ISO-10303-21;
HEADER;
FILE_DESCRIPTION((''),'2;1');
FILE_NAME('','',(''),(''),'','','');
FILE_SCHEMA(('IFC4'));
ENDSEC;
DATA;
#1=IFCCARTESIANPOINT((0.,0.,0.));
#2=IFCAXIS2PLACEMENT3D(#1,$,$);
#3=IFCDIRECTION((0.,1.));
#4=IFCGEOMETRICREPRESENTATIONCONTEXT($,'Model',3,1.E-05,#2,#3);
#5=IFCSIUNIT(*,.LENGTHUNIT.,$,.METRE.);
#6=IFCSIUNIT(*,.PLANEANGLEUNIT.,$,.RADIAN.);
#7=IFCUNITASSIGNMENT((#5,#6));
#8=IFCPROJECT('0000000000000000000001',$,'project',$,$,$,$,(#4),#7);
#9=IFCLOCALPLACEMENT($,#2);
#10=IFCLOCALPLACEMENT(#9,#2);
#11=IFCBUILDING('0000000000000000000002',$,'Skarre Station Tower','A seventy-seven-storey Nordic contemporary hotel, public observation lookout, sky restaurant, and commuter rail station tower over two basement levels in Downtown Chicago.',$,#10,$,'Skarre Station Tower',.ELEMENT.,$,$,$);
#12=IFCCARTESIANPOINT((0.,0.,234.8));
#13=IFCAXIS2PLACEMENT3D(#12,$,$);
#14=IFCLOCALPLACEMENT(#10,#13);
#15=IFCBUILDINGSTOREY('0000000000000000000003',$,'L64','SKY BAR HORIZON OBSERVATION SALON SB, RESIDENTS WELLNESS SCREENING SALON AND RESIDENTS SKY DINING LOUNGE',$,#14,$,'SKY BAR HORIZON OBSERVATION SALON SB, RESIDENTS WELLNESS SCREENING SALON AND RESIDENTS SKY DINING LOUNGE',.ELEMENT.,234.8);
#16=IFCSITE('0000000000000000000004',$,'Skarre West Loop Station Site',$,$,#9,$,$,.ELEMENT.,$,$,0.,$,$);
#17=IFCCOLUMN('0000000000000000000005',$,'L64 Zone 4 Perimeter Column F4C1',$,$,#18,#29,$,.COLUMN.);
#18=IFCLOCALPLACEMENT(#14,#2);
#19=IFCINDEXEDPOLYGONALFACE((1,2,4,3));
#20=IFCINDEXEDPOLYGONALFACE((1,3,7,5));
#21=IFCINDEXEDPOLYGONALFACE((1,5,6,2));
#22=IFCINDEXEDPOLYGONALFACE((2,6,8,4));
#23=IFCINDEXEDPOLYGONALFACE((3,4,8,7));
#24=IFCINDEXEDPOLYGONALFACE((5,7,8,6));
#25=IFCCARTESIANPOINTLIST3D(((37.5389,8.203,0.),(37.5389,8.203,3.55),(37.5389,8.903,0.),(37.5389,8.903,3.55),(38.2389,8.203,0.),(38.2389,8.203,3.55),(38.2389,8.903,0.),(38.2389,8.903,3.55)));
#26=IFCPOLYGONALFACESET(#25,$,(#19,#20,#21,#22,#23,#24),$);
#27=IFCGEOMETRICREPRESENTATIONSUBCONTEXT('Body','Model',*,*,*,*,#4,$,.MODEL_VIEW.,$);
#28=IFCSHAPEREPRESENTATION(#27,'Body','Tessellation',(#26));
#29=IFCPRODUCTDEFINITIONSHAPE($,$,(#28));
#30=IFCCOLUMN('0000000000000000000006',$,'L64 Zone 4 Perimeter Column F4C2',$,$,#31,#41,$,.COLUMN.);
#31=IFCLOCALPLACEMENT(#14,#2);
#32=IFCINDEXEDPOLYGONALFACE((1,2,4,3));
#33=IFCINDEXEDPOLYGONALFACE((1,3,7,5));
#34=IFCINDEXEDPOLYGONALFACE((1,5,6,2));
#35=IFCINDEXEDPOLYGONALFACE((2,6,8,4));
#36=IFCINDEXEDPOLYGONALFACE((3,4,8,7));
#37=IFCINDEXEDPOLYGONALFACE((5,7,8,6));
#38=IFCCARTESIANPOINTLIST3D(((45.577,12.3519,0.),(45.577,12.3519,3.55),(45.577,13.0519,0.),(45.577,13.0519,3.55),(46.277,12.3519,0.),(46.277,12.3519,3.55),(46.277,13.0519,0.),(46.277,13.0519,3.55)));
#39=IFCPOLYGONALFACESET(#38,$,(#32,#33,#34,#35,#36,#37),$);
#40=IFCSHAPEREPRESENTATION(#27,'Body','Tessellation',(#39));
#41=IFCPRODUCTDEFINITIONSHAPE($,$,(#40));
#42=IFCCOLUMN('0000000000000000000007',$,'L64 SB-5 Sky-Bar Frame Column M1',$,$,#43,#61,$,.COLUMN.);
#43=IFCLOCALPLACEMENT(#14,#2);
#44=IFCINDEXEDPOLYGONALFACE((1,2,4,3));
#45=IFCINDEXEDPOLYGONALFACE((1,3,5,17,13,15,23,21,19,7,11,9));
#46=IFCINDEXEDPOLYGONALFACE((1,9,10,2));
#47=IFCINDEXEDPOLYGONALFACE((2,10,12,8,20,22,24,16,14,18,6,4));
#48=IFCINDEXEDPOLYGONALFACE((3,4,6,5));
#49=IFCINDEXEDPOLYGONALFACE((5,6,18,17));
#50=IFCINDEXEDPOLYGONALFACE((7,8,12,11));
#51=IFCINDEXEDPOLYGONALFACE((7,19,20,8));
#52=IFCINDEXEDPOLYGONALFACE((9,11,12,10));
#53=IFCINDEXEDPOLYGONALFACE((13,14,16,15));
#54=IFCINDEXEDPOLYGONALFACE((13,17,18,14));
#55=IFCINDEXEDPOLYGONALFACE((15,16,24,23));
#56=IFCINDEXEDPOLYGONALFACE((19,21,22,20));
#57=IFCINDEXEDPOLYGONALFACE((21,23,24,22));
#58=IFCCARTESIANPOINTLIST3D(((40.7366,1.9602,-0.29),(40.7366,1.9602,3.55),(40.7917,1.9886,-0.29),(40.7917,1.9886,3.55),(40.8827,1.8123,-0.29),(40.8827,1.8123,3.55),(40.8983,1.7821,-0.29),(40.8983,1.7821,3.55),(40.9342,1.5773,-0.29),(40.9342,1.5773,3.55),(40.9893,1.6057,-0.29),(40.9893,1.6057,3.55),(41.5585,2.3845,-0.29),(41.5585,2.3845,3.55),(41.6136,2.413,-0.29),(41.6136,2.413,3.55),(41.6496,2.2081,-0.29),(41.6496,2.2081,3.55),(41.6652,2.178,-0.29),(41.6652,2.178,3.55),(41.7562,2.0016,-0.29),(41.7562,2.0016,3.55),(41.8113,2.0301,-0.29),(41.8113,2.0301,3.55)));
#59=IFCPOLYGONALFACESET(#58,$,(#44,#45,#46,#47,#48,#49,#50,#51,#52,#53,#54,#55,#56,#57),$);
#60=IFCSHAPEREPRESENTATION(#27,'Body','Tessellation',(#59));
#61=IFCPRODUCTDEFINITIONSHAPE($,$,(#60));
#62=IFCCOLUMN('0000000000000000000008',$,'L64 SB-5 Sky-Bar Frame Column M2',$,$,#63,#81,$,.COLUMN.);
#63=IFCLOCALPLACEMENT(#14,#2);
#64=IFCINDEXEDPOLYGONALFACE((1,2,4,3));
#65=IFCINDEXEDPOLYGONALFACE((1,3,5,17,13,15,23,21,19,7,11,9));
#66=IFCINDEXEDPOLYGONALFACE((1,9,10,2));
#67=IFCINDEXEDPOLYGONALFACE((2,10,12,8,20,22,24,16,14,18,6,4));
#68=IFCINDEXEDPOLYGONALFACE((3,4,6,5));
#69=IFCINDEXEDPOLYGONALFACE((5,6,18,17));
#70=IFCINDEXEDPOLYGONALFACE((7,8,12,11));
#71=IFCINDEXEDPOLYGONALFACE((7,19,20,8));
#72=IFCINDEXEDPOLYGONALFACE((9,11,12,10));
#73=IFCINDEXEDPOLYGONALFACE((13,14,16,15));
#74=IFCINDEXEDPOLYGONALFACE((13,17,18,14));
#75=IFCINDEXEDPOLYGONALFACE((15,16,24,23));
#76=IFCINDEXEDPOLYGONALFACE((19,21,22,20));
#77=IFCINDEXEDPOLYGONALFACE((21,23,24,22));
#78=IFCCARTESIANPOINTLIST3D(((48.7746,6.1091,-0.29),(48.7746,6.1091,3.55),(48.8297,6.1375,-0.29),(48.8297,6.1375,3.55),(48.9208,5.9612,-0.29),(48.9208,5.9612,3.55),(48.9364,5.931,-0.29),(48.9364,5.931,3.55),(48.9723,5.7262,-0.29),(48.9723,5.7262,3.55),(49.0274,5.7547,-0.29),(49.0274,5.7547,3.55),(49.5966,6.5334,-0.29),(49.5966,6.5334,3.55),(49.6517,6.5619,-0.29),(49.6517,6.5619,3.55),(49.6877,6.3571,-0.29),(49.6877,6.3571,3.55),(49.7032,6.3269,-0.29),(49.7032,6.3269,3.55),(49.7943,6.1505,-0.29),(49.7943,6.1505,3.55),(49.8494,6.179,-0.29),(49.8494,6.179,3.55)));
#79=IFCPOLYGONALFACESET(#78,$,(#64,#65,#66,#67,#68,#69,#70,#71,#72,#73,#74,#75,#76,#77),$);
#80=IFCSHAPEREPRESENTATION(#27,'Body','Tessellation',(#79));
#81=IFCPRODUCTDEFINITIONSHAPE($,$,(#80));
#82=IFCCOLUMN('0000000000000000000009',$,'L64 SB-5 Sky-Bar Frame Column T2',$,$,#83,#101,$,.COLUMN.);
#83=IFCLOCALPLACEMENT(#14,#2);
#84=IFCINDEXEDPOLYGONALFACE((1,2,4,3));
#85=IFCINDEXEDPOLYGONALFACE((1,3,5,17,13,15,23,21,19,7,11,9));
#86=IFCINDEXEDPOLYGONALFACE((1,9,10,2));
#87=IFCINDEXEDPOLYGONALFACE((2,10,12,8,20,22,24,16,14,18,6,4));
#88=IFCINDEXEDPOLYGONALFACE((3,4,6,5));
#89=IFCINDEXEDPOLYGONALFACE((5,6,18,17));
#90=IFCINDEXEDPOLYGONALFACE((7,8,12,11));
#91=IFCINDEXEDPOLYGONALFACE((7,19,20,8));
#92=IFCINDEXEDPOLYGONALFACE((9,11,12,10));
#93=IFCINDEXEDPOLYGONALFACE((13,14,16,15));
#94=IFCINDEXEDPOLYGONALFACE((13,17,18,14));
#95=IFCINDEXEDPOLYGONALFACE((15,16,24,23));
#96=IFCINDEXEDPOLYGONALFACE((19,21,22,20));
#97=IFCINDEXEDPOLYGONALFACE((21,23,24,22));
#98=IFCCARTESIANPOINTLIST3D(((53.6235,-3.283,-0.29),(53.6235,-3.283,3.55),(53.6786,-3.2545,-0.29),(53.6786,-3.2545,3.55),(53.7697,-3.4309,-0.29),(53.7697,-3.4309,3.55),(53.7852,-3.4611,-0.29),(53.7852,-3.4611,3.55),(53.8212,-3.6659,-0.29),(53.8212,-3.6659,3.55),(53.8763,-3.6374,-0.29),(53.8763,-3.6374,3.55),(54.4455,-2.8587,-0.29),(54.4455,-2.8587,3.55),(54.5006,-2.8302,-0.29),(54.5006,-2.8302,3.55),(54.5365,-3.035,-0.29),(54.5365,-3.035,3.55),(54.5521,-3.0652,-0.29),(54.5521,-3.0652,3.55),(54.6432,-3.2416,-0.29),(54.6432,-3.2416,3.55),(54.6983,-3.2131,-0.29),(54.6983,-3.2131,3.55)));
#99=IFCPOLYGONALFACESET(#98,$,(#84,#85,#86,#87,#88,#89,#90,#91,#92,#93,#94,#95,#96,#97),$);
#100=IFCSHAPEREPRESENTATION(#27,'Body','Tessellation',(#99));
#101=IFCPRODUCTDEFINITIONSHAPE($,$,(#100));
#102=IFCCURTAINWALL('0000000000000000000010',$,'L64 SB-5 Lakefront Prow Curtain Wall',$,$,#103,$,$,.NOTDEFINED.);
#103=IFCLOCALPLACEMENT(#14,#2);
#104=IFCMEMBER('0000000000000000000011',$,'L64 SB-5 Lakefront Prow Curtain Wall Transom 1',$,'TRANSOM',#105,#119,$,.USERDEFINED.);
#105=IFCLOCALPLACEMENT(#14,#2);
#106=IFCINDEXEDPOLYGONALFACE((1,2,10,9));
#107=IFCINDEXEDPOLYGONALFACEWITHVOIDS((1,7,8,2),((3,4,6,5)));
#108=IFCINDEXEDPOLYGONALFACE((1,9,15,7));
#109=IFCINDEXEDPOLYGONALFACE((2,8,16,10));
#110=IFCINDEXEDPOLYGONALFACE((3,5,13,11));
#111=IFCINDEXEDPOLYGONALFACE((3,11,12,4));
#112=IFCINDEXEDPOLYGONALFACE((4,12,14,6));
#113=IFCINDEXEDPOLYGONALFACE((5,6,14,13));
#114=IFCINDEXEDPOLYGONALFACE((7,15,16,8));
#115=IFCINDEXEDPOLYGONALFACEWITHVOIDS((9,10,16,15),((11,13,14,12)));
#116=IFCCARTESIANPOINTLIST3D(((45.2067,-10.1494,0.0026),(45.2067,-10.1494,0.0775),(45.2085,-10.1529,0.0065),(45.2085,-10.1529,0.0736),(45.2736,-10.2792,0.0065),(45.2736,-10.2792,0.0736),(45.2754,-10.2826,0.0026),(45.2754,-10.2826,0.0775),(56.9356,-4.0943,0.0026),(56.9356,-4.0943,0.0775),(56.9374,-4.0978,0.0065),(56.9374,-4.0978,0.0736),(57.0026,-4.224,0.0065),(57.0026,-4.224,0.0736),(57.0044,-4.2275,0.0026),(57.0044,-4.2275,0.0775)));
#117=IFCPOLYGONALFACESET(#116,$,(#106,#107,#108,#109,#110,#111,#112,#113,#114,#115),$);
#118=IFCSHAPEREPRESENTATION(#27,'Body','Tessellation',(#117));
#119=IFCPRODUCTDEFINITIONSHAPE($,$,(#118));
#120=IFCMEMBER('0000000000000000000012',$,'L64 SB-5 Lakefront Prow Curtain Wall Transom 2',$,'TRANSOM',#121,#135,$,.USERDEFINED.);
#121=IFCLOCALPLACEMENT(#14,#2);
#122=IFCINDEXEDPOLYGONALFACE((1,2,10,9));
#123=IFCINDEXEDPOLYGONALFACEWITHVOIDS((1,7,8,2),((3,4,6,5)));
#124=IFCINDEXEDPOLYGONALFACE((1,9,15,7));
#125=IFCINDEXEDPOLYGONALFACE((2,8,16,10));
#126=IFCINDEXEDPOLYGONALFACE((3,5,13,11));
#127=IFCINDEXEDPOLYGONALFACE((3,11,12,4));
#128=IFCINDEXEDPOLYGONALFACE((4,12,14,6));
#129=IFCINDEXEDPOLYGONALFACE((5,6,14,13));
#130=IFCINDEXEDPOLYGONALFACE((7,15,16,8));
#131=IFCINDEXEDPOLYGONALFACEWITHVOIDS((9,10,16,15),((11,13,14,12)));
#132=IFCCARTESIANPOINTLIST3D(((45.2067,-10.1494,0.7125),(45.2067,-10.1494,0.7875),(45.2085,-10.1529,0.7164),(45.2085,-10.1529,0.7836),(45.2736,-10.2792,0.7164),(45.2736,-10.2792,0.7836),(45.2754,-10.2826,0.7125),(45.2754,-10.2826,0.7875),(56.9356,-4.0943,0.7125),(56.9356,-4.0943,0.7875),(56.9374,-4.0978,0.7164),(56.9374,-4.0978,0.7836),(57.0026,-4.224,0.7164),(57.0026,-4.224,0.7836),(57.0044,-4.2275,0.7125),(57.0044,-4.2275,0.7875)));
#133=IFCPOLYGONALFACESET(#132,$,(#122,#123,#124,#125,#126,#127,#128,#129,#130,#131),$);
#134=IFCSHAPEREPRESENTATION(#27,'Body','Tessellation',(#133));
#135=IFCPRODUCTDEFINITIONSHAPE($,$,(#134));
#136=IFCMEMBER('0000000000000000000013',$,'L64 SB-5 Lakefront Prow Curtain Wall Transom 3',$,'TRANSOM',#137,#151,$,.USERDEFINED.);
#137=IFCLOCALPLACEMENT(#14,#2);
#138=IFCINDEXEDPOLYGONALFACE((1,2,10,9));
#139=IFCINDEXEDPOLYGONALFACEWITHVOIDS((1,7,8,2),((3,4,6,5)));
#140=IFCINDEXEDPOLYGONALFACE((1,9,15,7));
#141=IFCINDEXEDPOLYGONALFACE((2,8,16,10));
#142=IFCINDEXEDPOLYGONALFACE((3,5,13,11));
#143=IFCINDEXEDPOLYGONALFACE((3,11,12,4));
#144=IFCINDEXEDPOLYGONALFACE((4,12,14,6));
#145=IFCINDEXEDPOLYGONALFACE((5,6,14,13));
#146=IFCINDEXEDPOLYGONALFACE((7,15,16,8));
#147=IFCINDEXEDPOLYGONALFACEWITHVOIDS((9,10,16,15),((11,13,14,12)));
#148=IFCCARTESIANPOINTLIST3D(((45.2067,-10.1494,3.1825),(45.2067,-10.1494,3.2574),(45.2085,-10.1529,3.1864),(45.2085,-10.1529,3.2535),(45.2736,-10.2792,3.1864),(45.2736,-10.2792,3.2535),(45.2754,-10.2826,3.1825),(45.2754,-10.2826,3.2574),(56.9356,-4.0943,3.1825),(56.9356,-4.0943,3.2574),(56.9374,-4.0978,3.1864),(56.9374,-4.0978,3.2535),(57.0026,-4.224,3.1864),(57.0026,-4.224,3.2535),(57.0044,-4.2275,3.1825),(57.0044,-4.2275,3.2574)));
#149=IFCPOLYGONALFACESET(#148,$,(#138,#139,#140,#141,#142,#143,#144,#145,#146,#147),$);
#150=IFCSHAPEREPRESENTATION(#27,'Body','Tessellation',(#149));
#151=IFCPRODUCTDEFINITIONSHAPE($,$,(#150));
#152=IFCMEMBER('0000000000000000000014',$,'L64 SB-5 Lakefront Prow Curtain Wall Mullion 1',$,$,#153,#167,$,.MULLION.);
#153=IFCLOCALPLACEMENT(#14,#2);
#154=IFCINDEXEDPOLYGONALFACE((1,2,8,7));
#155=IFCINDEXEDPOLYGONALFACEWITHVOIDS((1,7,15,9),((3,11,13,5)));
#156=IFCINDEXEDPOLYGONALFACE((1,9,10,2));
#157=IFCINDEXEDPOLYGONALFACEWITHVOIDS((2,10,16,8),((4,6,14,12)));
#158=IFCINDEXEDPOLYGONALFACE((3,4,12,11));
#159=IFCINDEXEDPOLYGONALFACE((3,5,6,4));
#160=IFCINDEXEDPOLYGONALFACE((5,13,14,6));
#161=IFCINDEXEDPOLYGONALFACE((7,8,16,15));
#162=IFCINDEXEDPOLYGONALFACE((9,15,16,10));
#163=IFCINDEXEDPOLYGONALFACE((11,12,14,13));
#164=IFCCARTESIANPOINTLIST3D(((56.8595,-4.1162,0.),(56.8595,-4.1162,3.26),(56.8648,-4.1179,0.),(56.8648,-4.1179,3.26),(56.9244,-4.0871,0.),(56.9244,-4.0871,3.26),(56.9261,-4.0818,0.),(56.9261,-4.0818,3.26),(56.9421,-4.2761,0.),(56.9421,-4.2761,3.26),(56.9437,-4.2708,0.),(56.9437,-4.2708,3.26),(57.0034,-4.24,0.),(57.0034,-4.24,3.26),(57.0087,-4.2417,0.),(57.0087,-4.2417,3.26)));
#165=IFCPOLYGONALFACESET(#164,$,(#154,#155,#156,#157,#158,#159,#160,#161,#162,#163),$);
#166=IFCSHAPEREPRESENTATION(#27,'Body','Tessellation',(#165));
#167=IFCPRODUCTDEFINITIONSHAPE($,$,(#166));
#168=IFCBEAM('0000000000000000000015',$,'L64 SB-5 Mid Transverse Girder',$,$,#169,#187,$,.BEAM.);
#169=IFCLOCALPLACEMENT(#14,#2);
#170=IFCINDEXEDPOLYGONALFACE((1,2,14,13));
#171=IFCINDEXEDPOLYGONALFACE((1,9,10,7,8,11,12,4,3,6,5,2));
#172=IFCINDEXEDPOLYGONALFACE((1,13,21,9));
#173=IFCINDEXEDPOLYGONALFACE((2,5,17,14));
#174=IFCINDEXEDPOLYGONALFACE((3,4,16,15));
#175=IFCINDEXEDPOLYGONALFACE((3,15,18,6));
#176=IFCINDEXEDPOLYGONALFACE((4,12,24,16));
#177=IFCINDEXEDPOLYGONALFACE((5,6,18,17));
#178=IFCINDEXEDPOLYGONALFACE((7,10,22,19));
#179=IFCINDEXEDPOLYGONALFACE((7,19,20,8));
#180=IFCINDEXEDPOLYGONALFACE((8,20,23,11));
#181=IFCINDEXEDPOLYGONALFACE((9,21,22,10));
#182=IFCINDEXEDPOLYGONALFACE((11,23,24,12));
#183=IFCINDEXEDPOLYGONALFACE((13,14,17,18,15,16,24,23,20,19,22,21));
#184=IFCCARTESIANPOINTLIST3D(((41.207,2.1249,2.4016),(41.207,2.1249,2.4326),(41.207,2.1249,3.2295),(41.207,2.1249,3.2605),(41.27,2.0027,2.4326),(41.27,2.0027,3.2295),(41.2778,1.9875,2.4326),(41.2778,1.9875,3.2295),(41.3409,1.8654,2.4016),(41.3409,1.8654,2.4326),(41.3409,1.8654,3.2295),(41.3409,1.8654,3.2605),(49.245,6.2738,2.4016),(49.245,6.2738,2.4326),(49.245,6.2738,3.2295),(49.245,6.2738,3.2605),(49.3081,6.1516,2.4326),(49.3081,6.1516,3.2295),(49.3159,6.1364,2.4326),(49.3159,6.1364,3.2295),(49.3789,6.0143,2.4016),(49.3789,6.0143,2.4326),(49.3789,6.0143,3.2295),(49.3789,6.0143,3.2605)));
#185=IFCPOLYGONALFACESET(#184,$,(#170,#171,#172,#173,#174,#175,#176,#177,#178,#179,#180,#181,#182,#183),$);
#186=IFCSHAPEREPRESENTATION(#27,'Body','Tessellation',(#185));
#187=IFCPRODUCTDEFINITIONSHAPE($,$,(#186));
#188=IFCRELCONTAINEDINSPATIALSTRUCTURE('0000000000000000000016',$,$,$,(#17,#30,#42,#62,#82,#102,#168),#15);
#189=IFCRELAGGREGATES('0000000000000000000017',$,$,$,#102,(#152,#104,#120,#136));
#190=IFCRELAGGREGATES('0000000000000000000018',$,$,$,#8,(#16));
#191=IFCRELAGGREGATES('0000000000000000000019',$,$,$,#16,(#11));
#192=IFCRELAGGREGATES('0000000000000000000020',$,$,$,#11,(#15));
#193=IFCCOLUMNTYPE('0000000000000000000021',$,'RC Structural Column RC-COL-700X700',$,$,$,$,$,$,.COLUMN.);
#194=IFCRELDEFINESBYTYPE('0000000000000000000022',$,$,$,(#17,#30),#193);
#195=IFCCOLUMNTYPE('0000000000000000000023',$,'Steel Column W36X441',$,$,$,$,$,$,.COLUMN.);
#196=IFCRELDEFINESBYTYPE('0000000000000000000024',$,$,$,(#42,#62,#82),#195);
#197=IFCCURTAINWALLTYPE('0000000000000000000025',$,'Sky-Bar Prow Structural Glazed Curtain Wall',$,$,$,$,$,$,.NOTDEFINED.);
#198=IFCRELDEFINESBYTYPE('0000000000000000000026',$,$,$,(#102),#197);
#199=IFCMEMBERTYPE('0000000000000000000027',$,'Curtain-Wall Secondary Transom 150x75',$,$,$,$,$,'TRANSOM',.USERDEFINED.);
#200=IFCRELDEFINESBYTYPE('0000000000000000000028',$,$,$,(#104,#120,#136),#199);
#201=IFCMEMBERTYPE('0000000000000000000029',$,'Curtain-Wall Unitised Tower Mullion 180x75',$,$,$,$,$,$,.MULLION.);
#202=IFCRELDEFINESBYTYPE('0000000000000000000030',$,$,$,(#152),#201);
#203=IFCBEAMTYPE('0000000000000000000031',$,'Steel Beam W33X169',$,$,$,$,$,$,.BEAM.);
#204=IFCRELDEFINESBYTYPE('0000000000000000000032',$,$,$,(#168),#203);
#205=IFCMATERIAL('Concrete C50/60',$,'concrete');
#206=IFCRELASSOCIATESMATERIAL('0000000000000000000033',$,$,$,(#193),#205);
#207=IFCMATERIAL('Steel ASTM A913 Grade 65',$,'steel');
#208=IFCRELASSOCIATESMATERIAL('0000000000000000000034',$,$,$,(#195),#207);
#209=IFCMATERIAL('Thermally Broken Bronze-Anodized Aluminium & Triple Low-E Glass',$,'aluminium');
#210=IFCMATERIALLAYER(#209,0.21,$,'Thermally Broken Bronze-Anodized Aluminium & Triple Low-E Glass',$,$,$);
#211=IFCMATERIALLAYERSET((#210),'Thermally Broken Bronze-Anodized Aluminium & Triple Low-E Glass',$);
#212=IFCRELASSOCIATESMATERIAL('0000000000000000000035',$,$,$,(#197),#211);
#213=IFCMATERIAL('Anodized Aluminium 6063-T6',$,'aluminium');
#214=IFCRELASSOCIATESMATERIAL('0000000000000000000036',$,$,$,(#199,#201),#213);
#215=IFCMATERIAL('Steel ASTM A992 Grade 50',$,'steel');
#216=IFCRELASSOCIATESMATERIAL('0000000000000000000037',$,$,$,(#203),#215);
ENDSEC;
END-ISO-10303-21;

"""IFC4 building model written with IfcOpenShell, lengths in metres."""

from ifc_helpers import new_model, si_unit, direction, frame, origin, origin_2d, place, context, subcontext, project, spatial, rectangle, hollow_rectangle, i_section, extrude, material, layer, layer_set, material_profile, profile_set, type_object, element, aggregate, save


model = new_model("IFC4")

# Units and contexts
model_context = context("Model", 3, precision=1e-05, world=origin(), true_north=direction((0.0, 1.0)))
body_context = subcontext(model_context, "Body", "Model", "MODEL_VIEW")
ifc_project = project(units=[si_unit("LENGTHUNIT", "METRE"), si_unit("PLANEANGLEUNIT", "RADIAN")], contexts=[model_context])

# Site, building, storey
site_placement = place(None, origin())
site = spatial("IfcSite", under=ifc_project, at=site_placement, Name="Skarre West Loop Station Site", CompositionType="ELEMENT", RefElevation=0.0)
building_placement = place(site_placement, origin())
building = spatial("IfcBuilding", under=site, at=building_placement, Name="Skarre Station Tower", Description="A seventy-seven-storey Nordic contemporary hotel, public observation lookout, sky restaurant, and commuter rail station tower over two basement levels in Downtown Chicago.", LongName="Skarre Station Tower", CompositionType="ELEMENT")
storey_placement = place(building_placement, frame((0.0, 0.0, 234.8)))
storey = spatial("IfcBuildingStorey", under=building, at=storey_placement, Name="L64", Description="SKY BAR HORIZON OBSERVATION SALON SB, RESIDENTS WELLNESS SCREENING SALON AND RESIDENTS SKY DINING LOUNGE", LongName="SKY BAR HORIZON OBSERVATION SALON SB, RESIDENTS WELLNESS SCREENING SALON AND RESIDENTS SKY DINING LOUNGE", CompositionType="ELEMENT", Elevation=234.8)

# Columns
ifc_material_1 = material(Name="Concrete C50/60", Category="concrete")
ifc_material_profile_1 = material_profile(ifc_material_1, rectangle(XDim=0.7, YDim=0.7, at=origin_2d()), Name="Concrete C50/60")
ifc_profile_set_1 = profile_set([ifc_material_profile_1], Name="Concrete C50/60")
column_type_1 = type_object("IfcColumnType", Name="RC Structural Column RC-COL-700X700", PredefinedType="COLUMN", material=ifc_profile_set_1)
for number, where, z_axis, x_axis, name in (
    (1, (37.8889, 8.553, 0.0), (0.0, 0.0, 1.0), (1.0, 0.0, 0.0), "L64 Zone 4 Perimeter Column F4C1"),
    (2, (45.927, 12.7019, 0.0), (0.0, 0.0, 1.0), (1.0, 0.0, 0.0), "L64 Zone 4 Perimeter Column F4C2"),
):
    element("IfcColumn", number, at=place(storey_placement, frame(where, z_axis=z_axis, x_axis=x_axis)), inside=storey, type_object=column_type_1, Name=name, PredefinedType="COLUMN", context=body_context, shape_type="SweptSolid", body=[
        extrude(rectangle(XDim=0.7, YDim=0.7, at=origin_2d()), origin(), (0.0, 0.0, 1.0), 3.55),
    ])
ifc_material_2 = material(Name="Steel ASTM A913 Grade 65", Category="steel")
ifc_material_profile_2 = material_profile(ifc_material_2, i_section(OverallWidth=0.4309, OverallDepth=0.9871, WebThickness=0.0339, FlangeThickness=0.062, at=origin_2d()), Name="Steel ASTM A913 Grade 65")
ifc_profile_set_2 = profile_set([ifc_material_profile_2], Name="Steel ASTM A913 Grade 65")
column_type_2 = type_object("IfcColumnType", Name="Steel Column W36X441", PredefinedType="COLUMN", material=ifc_profile_set_2)
for number, where, z_axis, x_axis, name in (
    (3, (41.2739, 1.9951, -0.29), (0.0, 0.0, 1.0), (0.458712, -0.888585, 0.0), "L64 SB-5 Sky-Bar Frame Column M1"),
    (4, (49.312, 6.144, -0.29), (0.0, 0.0, 1.0), (0.458712, -0.888585, 0.0), "L64 SB-5 Sky-Bar Frame Column M2"),
    (5, (54.1609, -3.248, -0.29), (0.0, 0.0, 1.0), (0.458712, -0.888585, 0.0), "L64 SB-5 Sky-Bar Frame Column T2"),
):
    element("IfcColumn", number, at=place(storey_placement, frame(where, z_axis=z_axis, x_axis=x_axis)), inside=storey, type_object=column_type_2, Name=name, PredefinedType="COLUMN", context=body_context, shape_type="SweptSolid", body=[
        extrude(i_section(OverallWidth=0.4309, OverallDepth=0.9871, WebThickness=0.0339, FlangeThickness=0.062, at=origin_2d()), origin(), (0.0, 0.0, 1.0), 3.8401),
    ])

# Curtain wall, members
ifc_material_3 = material(Name="Thermally Broken Bronze-Anodized Aluminium & Triple Low-E Glass", Category="aluminium")
ifc_layer_1 = layer(ifc_material_3, 0.21, Name="Thermally Broken Bronze-Anodized Aluminium & Triple Low-E Glass")
ifc_layer_set_1 = layer_set([ifc_layer_1], Name="Thermally Broken Bronze-Anodized Aluminium & Triple Low-E Glass")
curtain_wall_type = type_object("IfcCurtainWallType", Name="Sky-Bar Prow Structural Glazed Curtain Wall", PredefinedType="NOTDEFINED", material=ifc_layer_set_1)
curtain_wall_placement = place(storey_placement, origin())
curtain_wall = element("IfcCurtainWall", 6, at=curtain_wall_placement, inside=storey, type_object=curtain_wall_type, Name="L64 SB-5 Lakefront Prow Curtain Wall", PredefinedType="NOTDEFINED")
ifc_material_4 = material(Name="Anodized Aluminium 6063-T6", Category="aluminium")
ifc_material_profile_3 = material_profile(ifc_material_4, hollow_rectangle(XDim=0.075, YDim=0.1499, WallThickness=0.0039, at=origin_2d()), Name="Anodized Aluminium 6063-T6")
ifc_profile_set_3 = profile_set([ifc_material_profile_3], Name="Anodized Aluminium 6063-T6")
member_type_1 = type_object("IfcMemberType", Name="Curtain-Wall Secondary Transom 150x75", ElementType="TRANSOM", PredefinedType="USERDEFINED", material=ifc_profile_set_3)
member_1_placement = place(storey_placement, frame((56.97, -4.1609, 0.04), z_axis=(-0.888574, -0.458732, 0.0), x_axis=(0.0, 0.0, 1.0)))
member_1 = element("IfcMember", 7, at=member_1_placement, type_object=member_type_1, Name="L64 SB-5 Lakefront Prow Curtain Wall Transom 1", ObjectType="TRANSOM", PredefinedType="USERDEFINED", context=body_context, shape_type="SweptSolid", body=[
    extrude(hollow_rectangle(XDim=0.075, YDim=0.1499, WallThickness=0.0039, at=origin_2d()), origin(), (0.0, 0.0, 1.0), 13.1997),
])
member_2_placement = place(storey_placement, frame((56.97, -4.1609, 0.75), z_axis=(-0.888574, -0.458732, 0.0), x_axis=(0.0, 0.0, 1.0)))
member_2 = element("IfcMember", 8, at=member_2_placement, type_object=member_type_1, Name="L64 SB-5 Lakefront Prow Curtain Wall Transom 2", ObjectType="TRANSOM", PredefinedType="USERDEFINED", context=body_context, shape_type="SweptSolid", body=[
    extrude(hollow_rectangle(XDim=0.075, YDim=0.1499, WallThickness=0.0039, at=origin_2d()), origin(), (0.0, 0.0, 1.0), 13.1997),
])
member_3_placement = place(storey_placement, frame((56.97, -4.1609, 3.22), z_axis=(-0.888574, -0.458732, 0.0), x_axis=(0.0, 0.0, 1.0)))
member_3 = element("IfcMember", 9, at=member_3_placement, type_object=member_type_1, Name="L64 SB-5 Lakefront Prow Curtain Wall Transom 3", ObjectType="TRANSOM", PredefinedType="USERDEFINED", context=body_context, shape_type="SweptSolid", body=[
    extrude(hollow_rectangle(XDim=0.075, YDim=0.1499, WallThickness=0.0039, at=origin_2d()), origin(), (0.0, 0.0, 1.0), 13.1997),
])
ifc_material_profile_4 = material_profile(ifc_material_4, hollow_rectangle(XDim=0.075, YDim=0.1799, WallThickness=0.0039, at=origin_2d()), Name="Anodized Aluminium 6063-T6")
ifc_profile_set_4 = profile_set([ifc_material_profile_4], Name="Anodized Aluminium 6063-T6")
member_type_2 = type_object("IfcMemberType", Name="Curtain-Wall Unitised Tower Mullion 180x75", PredefinedType="MULLION", material=ifc_profile_set_4)
member_4_placement = place(storey_placement, frame((56.9341, -4.179, 0.0), z_axis=(0.0, 0.0, 1.0), x_axis=(-0.888577, -0.458727, 0.0)))
member_4 = element("IfcMember", 10, at=member_4_placement, type_object=member_type_2, Name="L64 SB-5 Lakefront Prow Curtain Wall Mullion 1", PredefinedType="MULLION", context=body_context, shape_type="SweptSolid", body=[
    extrude(hollow_rectangle(XDim=0.075, YDim=0.1799, WallThickness=0.0039, at=origin_2d()), origin(), (0.0, 0.0, 1.0), 3.26),
])

# Beam
ifc_material_5 = material(Name="Steel ASTM A992 Grade 50", Category="steel")
ifc_material_profile_5 = material_profile(ifc_material_5, i_section(OverallWidth=0.292, OverallDepth=0.8589, WebThickness=0.0171, FlangeThickness=0.031, at=origin_2d()), Name="Steel ASTM A992 Grade 50")
ifc_profile_set_5 = profile_set([ifc_material_profile_5], Name="Steel ASTM A992 Grade 50")
beam_type_1 = type_object("IfcBeamType", Name="Steel Beam W33X169", PredefinedType="BEAM", material=ifc_profile_set_5)
beam_1_placement = place(storey_placement, frame((41.2739, 1.9951, 2.8311), z_axis=(0.88861, 0.458664, 0.0), x_axis=(-0.458664, 0.88861, 0.0)))
element("IfcBeam", 11, at=beam_1_placement, inside=storey, type_object=beam_type_1, Name="L64 SB-5 Mid Transverse Girder", PredefinedType="BEAM", context=body_context, shape_type="SweptSolid", body=[
    extrude(i_section(OverallWidth=0.292, OverallDepth=0.8589, WebThickness=0.0171, FlangeThickness=0.031, at=origin_2d()), origin(), (0.0, 0.0, 1.0), 9.0457),
])

aggregate(curtain_wall, [member_4, member_1, member_2, member_3])

save(model, "model.ifc")
